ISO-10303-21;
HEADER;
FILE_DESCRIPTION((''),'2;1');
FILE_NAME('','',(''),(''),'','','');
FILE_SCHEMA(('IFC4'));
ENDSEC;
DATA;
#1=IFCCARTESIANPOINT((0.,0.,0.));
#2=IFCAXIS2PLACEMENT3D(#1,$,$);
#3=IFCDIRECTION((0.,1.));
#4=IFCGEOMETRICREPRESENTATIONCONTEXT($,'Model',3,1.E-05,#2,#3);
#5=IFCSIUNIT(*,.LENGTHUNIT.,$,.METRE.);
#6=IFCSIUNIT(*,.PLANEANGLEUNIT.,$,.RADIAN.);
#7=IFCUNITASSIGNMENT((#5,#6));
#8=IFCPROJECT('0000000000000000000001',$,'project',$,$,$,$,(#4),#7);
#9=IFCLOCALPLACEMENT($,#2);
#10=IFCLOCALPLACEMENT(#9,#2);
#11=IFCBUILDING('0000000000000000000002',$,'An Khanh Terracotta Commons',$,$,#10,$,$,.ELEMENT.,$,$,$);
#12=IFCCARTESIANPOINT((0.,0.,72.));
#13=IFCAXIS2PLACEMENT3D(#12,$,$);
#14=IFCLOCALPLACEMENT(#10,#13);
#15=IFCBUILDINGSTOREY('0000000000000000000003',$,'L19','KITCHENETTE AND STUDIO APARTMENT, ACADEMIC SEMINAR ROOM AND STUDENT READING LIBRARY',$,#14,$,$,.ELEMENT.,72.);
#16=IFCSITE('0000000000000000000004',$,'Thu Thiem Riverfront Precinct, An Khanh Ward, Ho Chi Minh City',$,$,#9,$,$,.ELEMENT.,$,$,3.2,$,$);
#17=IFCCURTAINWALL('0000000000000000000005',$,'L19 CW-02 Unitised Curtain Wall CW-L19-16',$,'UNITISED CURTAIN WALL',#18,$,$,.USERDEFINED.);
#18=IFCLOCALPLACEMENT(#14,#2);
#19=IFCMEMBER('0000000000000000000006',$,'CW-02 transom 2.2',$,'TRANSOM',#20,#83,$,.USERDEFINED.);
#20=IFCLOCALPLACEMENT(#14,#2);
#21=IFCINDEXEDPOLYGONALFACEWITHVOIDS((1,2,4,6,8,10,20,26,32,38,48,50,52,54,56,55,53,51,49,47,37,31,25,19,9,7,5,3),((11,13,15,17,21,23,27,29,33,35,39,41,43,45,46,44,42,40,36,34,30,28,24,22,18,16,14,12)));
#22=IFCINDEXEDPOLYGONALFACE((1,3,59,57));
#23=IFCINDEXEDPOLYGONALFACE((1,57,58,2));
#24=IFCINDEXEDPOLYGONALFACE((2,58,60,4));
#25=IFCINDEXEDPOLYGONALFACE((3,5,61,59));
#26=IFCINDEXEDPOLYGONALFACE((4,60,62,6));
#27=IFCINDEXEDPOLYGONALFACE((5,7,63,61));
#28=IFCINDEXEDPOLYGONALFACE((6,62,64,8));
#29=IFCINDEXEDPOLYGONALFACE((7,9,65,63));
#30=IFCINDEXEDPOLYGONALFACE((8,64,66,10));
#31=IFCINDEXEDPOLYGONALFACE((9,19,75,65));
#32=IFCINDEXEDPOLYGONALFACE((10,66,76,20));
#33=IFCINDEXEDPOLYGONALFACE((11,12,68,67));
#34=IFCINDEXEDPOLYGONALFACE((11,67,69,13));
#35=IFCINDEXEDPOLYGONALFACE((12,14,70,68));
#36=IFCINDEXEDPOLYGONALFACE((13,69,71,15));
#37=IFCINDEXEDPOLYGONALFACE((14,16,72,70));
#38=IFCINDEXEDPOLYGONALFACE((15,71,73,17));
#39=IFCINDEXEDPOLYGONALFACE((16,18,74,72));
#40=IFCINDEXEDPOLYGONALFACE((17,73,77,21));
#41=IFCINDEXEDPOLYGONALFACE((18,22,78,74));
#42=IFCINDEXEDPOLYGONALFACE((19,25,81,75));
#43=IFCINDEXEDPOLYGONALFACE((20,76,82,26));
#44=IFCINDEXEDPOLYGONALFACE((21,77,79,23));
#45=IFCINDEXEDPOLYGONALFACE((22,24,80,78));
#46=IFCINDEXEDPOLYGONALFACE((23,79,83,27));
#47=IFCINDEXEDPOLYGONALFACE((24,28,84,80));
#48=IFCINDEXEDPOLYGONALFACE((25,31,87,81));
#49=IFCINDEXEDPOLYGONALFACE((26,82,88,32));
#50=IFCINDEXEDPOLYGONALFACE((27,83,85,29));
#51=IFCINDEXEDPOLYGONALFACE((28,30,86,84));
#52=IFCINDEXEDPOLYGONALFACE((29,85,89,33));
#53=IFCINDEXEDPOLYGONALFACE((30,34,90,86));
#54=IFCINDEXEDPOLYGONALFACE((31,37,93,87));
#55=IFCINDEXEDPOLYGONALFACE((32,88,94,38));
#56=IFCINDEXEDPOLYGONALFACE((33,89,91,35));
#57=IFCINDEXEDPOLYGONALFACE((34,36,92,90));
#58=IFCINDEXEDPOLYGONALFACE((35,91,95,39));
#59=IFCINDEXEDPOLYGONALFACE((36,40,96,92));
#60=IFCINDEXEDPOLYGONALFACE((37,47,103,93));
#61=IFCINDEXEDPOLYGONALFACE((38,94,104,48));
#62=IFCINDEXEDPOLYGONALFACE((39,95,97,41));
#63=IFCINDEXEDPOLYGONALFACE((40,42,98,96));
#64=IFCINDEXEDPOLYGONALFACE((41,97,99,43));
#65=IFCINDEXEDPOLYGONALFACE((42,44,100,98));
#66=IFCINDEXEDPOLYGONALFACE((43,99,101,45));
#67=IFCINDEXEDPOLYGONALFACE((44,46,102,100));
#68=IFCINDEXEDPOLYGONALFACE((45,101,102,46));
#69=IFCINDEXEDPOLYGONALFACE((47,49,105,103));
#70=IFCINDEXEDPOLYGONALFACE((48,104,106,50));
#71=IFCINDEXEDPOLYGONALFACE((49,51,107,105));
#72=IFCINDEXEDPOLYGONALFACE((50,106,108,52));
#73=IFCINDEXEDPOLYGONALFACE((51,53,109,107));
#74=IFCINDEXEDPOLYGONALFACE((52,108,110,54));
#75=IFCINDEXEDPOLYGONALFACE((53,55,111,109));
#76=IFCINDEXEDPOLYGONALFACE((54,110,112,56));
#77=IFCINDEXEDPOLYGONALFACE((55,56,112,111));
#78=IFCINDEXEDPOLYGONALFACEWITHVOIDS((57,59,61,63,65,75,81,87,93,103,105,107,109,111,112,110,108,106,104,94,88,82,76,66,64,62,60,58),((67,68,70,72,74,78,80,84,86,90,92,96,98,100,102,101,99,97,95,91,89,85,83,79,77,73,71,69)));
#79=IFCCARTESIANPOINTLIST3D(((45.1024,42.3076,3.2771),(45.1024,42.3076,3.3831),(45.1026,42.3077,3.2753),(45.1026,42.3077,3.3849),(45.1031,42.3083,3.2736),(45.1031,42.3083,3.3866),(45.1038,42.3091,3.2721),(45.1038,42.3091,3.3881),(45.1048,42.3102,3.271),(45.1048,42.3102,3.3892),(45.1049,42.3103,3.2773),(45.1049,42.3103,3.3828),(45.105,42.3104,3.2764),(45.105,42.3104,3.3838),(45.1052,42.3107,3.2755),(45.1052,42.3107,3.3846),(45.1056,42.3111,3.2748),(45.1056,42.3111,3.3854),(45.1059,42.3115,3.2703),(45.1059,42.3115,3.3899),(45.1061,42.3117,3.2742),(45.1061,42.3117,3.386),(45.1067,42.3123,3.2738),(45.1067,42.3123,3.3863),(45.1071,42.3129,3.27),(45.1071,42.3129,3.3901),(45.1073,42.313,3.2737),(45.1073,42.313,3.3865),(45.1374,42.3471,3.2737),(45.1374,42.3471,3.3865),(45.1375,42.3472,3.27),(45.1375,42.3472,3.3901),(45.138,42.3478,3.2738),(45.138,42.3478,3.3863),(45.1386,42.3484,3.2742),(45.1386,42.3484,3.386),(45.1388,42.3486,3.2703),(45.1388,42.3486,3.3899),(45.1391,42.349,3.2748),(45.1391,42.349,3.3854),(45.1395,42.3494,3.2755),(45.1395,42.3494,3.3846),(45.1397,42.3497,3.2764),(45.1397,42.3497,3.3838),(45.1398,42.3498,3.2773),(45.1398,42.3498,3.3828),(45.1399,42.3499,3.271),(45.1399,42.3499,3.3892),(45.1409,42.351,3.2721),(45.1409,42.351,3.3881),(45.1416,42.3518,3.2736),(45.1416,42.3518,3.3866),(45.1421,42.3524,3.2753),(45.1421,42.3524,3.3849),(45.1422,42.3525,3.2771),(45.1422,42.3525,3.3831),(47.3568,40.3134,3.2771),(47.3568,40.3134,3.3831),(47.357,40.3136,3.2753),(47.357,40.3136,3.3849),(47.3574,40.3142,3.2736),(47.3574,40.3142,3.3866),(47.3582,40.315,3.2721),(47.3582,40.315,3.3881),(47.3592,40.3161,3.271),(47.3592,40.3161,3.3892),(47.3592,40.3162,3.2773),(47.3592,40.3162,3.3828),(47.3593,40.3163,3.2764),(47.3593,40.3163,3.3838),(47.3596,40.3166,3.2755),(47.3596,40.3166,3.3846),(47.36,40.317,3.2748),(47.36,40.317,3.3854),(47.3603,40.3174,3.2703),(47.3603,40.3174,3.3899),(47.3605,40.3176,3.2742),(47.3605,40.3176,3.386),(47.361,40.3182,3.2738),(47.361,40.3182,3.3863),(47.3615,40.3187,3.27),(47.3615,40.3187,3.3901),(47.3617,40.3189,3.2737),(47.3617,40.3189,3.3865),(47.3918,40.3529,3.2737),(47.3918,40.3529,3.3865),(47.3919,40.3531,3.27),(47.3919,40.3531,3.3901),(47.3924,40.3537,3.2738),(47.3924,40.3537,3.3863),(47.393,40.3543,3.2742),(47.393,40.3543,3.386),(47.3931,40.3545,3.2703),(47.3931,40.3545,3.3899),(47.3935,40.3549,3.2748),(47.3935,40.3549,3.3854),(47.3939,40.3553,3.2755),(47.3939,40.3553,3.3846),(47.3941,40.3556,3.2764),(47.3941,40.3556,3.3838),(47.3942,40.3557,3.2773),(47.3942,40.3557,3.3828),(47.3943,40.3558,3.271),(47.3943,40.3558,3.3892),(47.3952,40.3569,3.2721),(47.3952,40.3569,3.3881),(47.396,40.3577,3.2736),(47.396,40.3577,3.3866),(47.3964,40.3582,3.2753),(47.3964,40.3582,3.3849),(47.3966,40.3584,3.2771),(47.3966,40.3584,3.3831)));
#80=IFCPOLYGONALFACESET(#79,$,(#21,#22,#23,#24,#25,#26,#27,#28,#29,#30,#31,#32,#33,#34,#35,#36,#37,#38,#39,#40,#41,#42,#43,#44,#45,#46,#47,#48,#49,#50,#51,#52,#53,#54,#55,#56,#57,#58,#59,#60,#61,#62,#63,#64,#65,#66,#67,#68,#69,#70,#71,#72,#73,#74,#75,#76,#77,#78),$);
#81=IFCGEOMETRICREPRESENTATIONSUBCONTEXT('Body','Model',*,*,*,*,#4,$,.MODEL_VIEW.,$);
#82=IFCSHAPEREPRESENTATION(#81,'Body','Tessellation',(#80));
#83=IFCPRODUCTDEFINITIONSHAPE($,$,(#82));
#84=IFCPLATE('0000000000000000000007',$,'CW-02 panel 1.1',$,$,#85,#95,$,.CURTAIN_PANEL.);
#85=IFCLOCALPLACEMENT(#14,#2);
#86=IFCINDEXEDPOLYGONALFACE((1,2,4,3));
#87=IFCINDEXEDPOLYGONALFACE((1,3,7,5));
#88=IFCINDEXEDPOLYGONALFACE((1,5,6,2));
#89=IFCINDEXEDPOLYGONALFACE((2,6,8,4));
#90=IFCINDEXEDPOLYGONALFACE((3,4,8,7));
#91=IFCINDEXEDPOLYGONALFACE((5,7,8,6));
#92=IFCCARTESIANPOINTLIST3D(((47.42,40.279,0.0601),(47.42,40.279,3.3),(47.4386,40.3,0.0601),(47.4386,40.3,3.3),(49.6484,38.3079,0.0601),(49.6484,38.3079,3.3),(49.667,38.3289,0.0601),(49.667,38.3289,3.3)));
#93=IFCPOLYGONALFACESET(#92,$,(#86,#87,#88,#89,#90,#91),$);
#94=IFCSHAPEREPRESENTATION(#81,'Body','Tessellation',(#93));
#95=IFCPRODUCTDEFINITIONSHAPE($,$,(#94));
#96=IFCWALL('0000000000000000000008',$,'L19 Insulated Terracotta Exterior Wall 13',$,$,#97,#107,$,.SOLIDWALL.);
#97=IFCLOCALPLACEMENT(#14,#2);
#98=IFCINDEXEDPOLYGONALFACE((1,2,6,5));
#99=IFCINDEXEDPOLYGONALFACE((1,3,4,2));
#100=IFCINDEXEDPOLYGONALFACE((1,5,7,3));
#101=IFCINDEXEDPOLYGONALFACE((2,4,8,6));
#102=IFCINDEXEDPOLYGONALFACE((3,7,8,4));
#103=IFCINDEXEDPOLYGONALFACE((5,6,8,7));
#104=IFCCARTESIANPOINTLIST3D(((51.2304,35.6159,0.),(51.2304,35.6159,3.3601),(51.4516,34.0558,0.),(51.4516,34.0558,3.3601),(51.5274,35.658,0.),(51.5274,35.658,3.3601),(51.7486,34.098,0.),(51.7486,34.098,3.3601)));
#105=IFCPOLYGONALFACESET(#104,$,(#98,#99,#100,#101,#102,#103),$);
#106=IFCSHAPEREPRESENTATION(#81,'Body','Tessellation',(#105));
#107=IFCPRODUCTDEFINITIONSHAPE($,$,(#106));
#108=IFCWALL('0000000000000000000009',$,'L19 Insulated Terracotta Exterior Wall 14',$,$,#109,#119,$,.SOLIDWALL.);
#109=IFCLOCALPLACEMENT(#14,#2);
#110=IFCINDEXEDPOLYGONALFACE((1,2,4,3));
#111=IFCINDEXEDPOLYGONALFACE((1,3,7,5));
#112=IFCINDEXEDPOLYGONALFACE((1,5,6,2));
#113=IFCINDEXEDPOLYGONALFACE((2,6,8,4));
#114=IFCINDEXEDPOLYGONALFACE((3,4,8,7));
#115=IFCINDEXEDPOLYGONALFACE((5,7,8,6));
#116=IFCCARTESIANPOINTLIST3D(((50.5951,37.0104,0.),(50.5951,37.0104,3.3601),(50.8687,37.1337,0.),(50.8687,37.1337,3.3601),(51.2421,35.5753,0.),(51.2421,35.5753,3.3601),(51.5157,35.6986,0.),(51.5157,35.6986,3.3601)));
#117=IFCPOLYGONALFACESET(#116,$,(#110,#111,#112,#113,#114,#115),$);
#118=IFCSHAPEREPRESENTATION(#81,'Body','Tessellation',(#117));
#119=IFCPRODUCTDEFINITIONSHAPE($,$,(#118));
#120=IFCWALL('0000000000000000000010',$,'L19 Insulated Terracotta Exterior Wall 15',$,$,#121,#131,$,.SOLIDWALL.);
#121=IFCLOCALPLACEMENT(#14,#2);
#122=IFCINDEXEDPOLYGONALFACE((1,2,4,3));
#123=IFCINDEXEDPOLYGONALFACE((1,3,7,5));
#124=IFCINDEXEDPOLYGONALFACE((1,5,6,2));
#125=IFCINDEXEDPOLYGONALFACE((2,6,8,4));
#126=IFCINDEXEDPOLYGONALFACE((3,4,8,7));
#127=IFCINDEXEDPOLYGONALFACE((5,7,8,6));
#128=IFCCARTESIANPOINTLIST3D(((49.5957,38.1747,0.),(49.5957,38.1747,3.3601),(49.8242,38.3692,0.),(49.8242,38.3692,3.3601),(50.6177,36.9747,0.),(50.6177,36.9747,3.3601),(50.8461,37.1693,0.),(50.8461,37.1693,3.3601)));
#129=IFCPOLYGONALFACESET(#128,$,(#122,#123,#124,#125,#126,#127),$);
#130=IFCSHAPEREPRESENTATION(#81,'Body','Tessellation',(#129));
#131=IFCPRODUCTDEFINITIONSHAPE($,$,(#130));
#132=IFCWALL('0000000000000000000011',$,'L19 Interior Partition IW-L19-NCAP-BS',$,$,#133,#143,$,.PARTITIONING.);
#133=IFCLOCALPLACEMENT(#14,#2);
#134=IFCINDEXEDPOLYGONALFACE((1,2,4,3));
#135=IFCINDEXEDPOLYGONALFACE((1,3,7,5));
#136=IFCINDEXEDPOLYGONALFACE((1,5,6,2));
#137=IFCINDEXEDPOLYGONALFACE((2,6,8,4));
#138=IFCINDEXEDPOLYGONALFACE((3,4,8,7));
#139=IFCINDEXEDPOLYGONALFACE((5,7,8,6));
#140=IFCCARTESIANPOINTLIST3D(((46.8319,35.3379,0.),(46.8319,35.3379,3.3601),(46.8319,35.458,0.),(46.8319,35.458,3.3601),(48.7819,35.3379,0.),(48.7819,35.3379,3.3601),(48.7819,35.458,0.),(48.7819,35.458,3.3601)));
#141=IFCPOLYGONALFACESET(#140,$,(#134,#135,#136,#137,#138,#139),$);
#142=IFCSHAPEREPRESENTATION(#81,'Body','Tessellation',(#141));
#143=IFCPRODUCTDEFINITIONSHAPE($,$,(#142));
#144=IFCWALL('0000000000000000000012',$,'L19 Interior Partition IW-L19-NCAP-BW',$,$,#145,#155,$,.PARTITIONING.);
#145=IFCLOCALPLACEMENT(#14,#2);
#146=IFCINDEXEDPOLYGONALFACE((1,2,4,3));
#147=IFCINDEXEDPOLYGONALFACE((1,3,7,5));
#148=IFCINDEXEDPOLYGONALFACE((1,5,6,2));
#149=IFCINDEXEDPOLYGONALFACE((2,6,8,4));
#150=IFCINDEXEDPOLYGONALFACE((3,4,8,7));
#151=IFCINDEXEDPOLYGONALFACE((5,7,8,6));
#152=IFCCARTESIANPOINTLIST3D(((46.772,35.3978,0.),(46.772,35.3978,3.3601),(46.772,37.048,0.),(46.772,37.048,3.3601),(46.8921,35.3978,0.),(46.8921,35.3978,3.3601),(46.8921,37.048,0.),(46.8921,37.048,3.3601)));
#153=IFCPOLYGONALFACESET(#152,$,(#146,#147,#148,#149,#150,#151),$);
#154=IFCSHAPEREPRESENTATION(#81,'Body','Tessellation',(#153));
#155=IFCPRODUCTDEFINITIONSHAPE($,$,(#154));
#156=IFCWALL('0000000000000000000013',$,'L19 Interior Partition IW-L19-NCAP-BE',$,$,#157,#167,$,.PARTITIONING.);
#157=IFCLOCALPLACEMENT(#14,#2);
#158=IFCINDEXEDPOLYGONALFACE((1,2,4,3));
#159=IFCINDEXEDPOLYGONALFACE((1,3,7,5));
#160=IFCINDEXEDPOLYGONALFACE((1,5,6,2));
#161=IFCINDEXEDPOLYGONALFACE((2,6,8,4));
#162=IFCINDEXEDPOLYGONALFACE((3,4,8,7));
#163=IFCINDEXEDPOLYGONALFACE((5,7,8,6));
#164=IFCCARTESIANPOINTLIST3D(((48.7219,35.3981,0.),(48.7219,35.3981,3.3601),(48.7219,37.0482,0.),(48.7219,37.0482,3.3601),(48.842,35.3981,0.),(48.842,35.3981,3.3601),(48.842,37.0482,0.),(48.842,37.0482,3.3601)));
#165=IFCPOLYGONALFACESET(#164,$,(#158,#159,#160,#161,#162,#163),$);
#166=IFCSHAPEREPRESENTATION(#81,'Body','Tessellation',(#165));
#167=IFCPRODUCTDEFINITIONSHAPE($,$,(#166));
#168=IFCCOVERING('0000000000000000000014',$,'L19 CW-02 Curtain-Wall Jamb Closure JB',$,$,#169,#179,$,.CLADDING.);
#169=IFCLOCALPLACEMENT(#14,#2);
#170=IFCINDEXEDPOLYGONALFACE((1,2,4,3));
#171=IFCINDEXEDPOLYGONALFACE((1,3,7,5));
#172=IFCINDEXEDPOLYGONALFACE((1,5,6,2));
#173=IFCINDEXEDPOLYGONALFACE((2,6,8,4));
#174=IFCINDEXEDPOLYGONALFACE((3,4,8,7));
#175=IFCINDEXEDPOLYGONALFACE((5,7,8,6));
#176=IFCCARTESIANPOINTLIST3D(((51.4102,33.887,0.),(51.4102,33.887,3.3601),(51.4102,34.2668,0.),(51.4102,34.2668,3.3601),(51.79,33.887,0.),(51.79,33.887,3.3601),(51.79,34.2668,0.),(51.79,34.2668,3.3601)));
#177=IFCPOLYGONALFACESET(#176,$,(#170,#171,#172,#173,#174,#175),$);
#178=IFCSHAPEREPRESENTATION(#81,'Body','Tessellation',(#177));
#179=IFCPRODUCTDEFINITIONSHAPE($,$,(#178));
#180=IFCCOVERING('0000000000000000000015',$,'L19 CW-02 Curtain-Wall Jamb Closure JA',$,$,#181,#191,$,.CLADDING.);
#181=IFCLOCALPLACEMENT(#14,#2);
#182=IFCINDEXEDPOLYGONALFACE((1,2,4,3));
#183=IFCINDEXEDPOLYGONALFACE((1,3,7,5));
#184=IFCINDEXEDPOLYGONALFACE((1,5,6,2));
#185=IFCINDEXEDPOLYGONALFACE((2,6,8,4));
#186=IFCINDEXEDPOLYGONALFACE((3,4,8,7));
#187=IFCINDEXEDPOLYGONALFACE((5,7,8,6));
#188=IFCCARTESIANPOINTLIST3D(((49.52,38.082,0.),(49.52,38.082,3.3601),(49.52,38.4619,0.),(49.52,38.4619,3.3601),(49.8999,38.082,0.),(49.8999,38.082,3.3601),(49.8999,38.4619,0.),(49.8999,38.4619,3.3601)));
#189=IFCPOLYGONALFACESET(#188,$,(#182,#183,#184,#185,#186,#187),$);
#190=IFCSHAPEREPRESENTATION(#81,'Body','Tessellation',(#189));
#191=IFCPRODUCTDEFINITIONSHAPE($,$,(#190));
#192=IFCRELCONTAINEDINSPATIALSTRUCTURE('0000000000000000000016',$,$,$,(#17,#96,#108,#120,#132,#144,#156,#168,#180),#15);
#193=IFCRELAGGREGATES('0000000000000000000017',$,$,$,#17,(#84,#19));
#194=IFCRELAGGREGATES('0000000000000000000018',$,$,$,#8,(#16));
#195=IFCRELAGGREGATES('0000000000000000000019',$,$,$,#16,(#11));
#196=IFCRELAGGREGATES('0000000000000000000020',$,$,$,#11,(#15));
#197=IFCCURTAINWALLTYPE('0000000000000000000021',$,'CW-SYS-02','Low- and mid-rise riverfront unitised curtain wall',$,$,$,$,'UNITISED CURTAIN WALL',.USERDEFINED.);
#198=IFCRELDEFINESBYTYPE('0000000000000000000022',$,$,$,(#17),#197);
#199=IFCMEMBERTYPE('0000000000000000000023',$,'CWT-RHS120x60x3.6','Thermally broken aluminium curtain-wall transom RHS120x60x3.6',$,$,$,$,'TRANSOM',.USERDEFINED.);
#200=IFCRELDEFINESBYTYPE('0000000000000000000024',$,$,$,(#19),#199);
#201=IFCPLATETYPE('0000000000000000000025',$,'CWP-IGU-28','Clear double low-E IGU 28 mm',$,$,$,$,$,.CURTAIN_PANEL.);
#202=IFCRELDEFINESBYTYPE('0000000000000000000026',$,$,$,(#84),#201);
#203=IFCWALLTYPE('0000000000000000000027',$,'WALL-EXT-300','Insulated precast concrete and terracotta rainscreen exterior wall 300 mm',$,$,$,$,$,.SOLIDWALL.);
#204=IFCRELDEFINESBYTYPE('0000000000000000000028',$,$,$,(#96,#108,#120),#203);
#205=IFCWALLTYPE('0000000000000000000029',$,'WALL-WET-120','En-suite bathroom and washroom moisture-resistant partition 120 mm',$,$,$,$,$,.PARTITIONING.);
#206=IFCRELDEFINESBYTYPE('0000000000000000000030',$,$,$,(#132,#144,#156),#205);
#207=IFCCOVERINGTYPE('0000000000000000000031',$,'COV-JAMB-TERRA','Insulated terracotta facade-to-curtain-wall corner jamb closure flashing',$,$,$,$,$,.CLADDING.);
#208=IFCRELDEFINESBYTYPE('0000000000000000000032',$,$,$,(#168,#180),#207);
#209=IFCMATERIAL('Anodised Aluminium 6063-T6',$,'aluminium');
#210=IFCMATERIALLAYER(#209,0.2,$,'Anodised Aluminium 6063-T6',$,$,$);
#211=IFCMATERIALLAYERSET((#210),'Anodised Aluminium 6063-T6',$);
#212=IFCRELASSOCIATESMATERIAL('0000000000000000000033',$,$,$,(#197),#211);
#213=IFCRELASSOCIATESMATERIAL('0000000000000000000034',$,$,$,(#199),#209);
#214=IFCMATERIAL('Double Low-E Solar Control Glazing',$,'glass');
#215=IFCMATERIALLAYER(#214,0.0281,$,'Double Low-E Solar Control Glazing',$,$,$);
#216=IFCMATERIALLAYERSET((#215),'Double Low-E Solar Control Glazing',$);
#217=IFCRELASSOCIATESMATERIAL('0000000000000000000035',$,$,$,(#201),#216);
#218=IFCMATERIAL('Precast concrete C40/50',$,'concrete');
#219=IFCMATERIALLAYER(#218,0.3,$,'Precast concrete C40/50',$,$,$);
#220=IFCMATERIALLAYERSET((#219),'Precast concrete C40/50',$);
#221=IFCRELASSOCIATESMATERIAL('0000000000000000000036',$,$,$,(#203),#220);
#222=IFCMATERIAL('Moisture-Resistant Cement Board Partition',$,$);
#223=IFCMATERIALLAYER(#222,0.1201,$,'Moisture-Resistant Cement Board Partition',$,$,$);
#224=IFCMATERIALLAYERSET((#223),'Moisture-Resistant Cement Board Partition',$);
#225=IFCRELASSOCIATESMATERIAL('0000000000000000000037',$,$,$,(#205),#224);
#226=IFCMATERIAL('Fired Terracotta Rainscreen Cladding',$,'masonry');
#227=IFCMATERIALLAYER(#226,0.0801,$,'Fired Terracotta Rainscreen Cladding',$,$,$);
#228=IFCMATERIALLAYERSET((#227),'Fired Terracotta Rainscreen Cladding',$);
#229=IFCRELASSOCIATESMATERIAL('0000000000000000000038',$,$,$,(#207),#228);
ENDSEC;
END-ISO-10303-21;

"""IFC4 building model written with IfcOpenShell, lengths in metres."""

from ifc_helpers import new_model, si_unit, direction, frame, frame_2d, origin, origin_2d, place, context, subcontext, project, spatial, rectangle, hollow_rectangle, extrude, material, layer, layer_set, material_profile, profile_set, type_object, element, aggregate, save


model = new_model("IFC4")

# Units and contexts
model_context = context("Model", 3, precision=1e-05, world=origin(), true_north=direction((0.0, 1.0)))
body_context = subcontext(model_context, "Body", "Model", "MODEL_VIEW")
ifc_project = project(units=[si_unit("LENGTHUNIT", "METRE"), si_unit("PLANEANGLEUNIT", "RADIAN")], contexts=[model_context])

# Site, building, storey
site_placement = place(None, origin())
site = spatial("IfcSite", under=ifc_project, at=site_placement, Name="Thu Thiem Riverfront Precinct, An Khanh Ward, Ho Chi Minh City", CompositionType="ELEMENT", RefElevation=3.2)
building_placement = place(site_placement, origin())
building = spatial("IfcBuilding", under=site, at=building_placement, Name="An Khanh Terracotta Commons", CompositionType="ELEMENT")
storey_placement = place(building_placement, frame((0.0, 0.0, 72.0)))
storey = spatial("IfcBuildingStorey", under=building, at=storey_placement, Name="L19", Description="KITCHENETTE AND STUDIO APARTMENT, ACADEMIC SEMINAR ROOM AND STUDENT READING LIBRARY", CompositionType="ELEMENT", Elevation=72.0)

# Shared definitions
ifc_material_1 = material(Name="Anodised Aluminium 6063-T6", Category="aluminium")
ifc_layer_1 = layer(ifc_material_1, 0.2, Name="Anodised Aluminium 6063-T6")
ifc_layer_set_1 = layer_set([ifc_layer_1], Name="Anodised Aluminium 6063-T6")
curtain_wall_type = type_object("IfcCurtainWallType", Name="CW-SYS-02", Description="Low- and mid-rise riverfront unitised curtain wall", ElementType="UNITISED CURTAIN WALL", PredefinedType="USERDEFINED", material=ifc_layer_set_1)

# Curtain wall, member, plate
curtain_wall_1_placement = place(storey_placement, origin())
curtain_wall_1 = element("IfcCurtainWall", 1, at=curtain_wall_1_placement, inside=storey, type_object=curtain_wall_type, Name="L19 CW-02 Unitised Curtain Wall CW-L19-16", ObjectType="UNITISED CURTAIN WALL", PredefinedType="USERDEFINED")
ifc_material_profile_1 = material_profile(ifc_material_1, hollow_rectangle(XDim=0.0601, YDim=0.1201, WallThickness=0.0037, InnerFilletRadius=0.0037, OuterFilletRadius=0.0071, at=origin_2d()), Name="RHS120x60x3.6")
ifc_profile_set_1 = profile_set([ifc_material_profile_1], Name="Anodised Aluminium 6063-T6")
member_type_1 = type_object("IfcMemberType", Name="CWT-RHS120x60x3.6", Description="Thermally broken aluminium curtain-wall transom RHS120x60x3.6", ElementType="TRANSOM", PredefinedType="USERDEFINED", material=ifc_profile_set_1)
member_1_placement = place(storey_placement, frame((47.3767, 40.3359, 3.3301), z_axis=(-0.749018, 0.662549, 0.0), x_axis=(-0.662549, -0.749018, 0.0)))
member_1 = element("IfcMember", 2, at=member_1_placement, type_object=member_type_1, Name="CW-02 transom 2.2", ObjectType="TRANSOM", PredefinedType="USERDEFINED", context=body_context, shape_type="SweptSolid", body=[
    extrude(hollow_rectangle(XDim=0.0601, YDim=0.1201, WallThickness=0.0037, InnerFilletRadius=0.0037, OuterFilletRadius=0.0071, at=origin_2d()), origin(), (0.0, 0.0, 1.0), 3.0098),
])
ifc_material_2 = material(Name="Double Low-E Solar Control Glazing", Category="glass")
ifc_layer_2 = layer(ifc_material_2, 0.0281, Name="Double Low-E Solar Control Glazing")
ifc_layer_set_2 = layer_set([ifc_layer_2], Name="Double Low-E Solar Control Glazing")
plate_type = type_object("IfcPlateType", Name="CWP-IGU-28", Description="Clear double low-E IGU 28 mm", PredefinedType="CURTAIN_PANEL", material=ifc_layer_set_2)
plate_placement = place(storey_placement, frame((48.5435, 39.304, 0.0601), z_axis=(0.0, 0.0, 1.0), x_axis=(-0.749019, 0.662548, 0.0)))
plate = element("IfcPlate", 3, at=plate_placement, type_object=plate_type, Name="CW-02 panel 1.1", PredefinedType="CURTAIN_PANEL", context=body_context, shape_type="SweptSolid", body=[
    extrude(rectangle(XDim=2.9751, YDim=0.0281, at=origin_2d()), origin(), (0.0, 0.0, 1.0), 3.24),
])
aggregate(curtain_wall_1, [plate, member_1])

# Walls
ifc_material_3 = material(Name="Precast concrete C40/50", Category="concrete")
ifc_layer_3 = layer(ifc_material_3, 0.3, Name="Precast concrete C40/50")
ifc_layer_set_3 = layer_set([ifc_layer_3], Name="Precast concrete C40/50")
wall_type_1 = type_object("IfcWallType", Name="WALL-EXT-300", Description="Insulated precast concrete and terracotta rainscreen exterior wall 300 mm", PredefinedType="SOLIDWALL", material=ifc_layer_set_3)
wall_1_placement = place(storey_placement, frame((51.6001, 34.0769, 0.0), z_axis=(0.0, 0.0, 1.0), x_axis=(-0.14038, 0.990098, 0.0)))
element("IfcWall", 4, at=wall_1_placement, inside=storey, type_object=wall_type_1, Name="L19 Insulated Terracotta Exterior Wall 13", PredefinedType="SOLIDWALL", context=body_context, shape_type="SweptSolid", body=[
    extrude(rectangle(XDim=1.5757, YDim=0.3, at=frame_2d((0.7878, 0.0))), origin(), (0.0, 0.0, 1.0), 3.3601),
])
wall_2_placement = place(storey_placement, frame((51.3789, 35.637, 0.0), z_axis=(0.0, 0.0, 1.0), x_axis=(-0.410997, 0.911637, 0.0)))
element("IfcWall", 5, at=wall_2_placement, inside=storey, type_object=wall_type_1, Name="L19 Insulated Terracotta Exterior Wall 14", PredefinedType="SOLIDWALL", context=body_context, shape_type="SweptSolid", body=[
    extrude(rectangle(XDim=1.5742, YDim=0.3, at=frame_2d((0.7871, 0.0))), origin(), (0.0, 0.0, 1.0), 3.3601),
])
wall_3_placement = place(storey_placement, frame((50.7319, 37.072, 0.0), z_axis=(0.0, 0.0, 1.0), x_axis=(-0.64839, 0.761308, 0.0)))
element("IfcWall", 6, at=wall_3_placement, inside=storey, type_object=wall_type_1, Name="L19 Insulated Terracotta Exterior Wall 15", PredefinedType="SOLIDWALL", context=body_context, shape_type="SweptSolid", body=[
    extrude(rectangle(XDim=1.5762, YDim=0.3, at=frame_2d((0.7881, 0.0))), origin(), (0.0, 0.0, 1.0), 3.3601),
])
ifc_material_4 = material(Name="Moisture-Resistant Cement Board Partition")
ifc_layer_4 = layer(ifc_material_4, 0.1201, Name="Moisture-Resistant Cement Board Partition")
ifc_layer_set_4 = layer_set([ifc_layer_4], Name="Moisture-Resistant Cement Board Partition")
wall_type_2 = type_object("IfcWallType", Name="WALL-WET-120", Description="En-suite bathroom and washroom moisture-resistant partition 120 mm", PredefinedType="PARTITIONING", material=ifc_layer_set_4)
wall_4_placement = place(storey_placement, frame((48.782, 35.3979, 0.0), z_axis=(0.0, 0.0, 1.0), x_axis=(-1.0, 0.0, 0.0)))
element("IfcWall", 7, at=wall_4_placement, inside=storey, type_object=wall_type_2, Name="L19 Interior Partition IW-L19-NCAP-BS", PredefinedType="PARTITIONING", context=body_context, shape_type="SweptSolid", body=[
    extrude(rectangle(XDim=1.95, YDim=0.1201, at=frame_2d((0.9751, 0.0))), origin(), (0.0, 0.0, 1.0), 3.3601),
])
for number, where, z_axis, x_axis, name in (
    (8, (46.832, 37.0481, 0.0), (0.0, 0.0, 1.0), (0.0, -1.0, 0.0), "L19 Interior Partition IW-L19-NCAP-BW"),
    (9, (48.782, 35.3979, 0.0), (0.0, 0.0, 1.0), (0.0, 1.0, 0.0), "L19 Interior Partition IW-L19-NCAP-BE"),
):
    element("IfcWall", number, at=place(storey_placement, frame(where, z_axis=z_axis, x_axis=x_axis)), inside=storey, type_object=wall_type_2, Name=name, PredefinedType="PARTITIONING", context=body_context, shape_type="SweptSolid", body=[
        extrude(rectangle(XDim=1.6501, YDim=0.1201, at=frame_2d((0.8252, 0.0))), origin(), (0.0, 0.0, 1.0), 3.3601),
    ])

# Coverings
ifc_material_5 = material(Name="Fired Terracotta Rainscreen Cladding", Category="masonry")
ifc_layer_5 = layer(ifc_material_5, 0.0801, Name="Fired Terracotta Rainscreen Cladding")
ifc_layer_set_5 = layer_set([ifc_layer_5], Name="Fired Terracotta Rainscreen Cladding")
covering_type = type_object("IfcCoveringType", Name="COV-JAMB-TERRA", Description="Insulated terracotta facade-to-curtain-wall corner jamb closure flashing", PredefinedType="CLADDING", material=ifc_layer_set_5)
for number, where, z_axis, x_axis, name in (
    (10, (51.6001, 34.0769, 0.0), (0.0, 0.0, 1.0), (1.0, 0.0, 0.0), "L19 CW-02 Curtain-Wall Jamb Closure JB"),
    (11, (49.71, 38.272, 0.0), (0.0, 0.0, 1.0), (1.0, 0.0, 0.0), "L19 CW-02 Curtain-Wall Jamb Closure JA"),
):
    element("IfcCovering", number, at=place(storey_placement, frame(where, z_axis=z_axis, x_axis=x_axis)), inside=storey, type_object=covering_type, Name=name, PredefinedType="CLADDING", context=body_context, shape_type="SweptSolid", body=[
        extrude(rectangle(XDim=0.3799, YDim=0.3799, at=origin_2d()), origin(), (0.0, 0.0, 1.0), 3.3601),
    ])

save(model, "model.ifc")
